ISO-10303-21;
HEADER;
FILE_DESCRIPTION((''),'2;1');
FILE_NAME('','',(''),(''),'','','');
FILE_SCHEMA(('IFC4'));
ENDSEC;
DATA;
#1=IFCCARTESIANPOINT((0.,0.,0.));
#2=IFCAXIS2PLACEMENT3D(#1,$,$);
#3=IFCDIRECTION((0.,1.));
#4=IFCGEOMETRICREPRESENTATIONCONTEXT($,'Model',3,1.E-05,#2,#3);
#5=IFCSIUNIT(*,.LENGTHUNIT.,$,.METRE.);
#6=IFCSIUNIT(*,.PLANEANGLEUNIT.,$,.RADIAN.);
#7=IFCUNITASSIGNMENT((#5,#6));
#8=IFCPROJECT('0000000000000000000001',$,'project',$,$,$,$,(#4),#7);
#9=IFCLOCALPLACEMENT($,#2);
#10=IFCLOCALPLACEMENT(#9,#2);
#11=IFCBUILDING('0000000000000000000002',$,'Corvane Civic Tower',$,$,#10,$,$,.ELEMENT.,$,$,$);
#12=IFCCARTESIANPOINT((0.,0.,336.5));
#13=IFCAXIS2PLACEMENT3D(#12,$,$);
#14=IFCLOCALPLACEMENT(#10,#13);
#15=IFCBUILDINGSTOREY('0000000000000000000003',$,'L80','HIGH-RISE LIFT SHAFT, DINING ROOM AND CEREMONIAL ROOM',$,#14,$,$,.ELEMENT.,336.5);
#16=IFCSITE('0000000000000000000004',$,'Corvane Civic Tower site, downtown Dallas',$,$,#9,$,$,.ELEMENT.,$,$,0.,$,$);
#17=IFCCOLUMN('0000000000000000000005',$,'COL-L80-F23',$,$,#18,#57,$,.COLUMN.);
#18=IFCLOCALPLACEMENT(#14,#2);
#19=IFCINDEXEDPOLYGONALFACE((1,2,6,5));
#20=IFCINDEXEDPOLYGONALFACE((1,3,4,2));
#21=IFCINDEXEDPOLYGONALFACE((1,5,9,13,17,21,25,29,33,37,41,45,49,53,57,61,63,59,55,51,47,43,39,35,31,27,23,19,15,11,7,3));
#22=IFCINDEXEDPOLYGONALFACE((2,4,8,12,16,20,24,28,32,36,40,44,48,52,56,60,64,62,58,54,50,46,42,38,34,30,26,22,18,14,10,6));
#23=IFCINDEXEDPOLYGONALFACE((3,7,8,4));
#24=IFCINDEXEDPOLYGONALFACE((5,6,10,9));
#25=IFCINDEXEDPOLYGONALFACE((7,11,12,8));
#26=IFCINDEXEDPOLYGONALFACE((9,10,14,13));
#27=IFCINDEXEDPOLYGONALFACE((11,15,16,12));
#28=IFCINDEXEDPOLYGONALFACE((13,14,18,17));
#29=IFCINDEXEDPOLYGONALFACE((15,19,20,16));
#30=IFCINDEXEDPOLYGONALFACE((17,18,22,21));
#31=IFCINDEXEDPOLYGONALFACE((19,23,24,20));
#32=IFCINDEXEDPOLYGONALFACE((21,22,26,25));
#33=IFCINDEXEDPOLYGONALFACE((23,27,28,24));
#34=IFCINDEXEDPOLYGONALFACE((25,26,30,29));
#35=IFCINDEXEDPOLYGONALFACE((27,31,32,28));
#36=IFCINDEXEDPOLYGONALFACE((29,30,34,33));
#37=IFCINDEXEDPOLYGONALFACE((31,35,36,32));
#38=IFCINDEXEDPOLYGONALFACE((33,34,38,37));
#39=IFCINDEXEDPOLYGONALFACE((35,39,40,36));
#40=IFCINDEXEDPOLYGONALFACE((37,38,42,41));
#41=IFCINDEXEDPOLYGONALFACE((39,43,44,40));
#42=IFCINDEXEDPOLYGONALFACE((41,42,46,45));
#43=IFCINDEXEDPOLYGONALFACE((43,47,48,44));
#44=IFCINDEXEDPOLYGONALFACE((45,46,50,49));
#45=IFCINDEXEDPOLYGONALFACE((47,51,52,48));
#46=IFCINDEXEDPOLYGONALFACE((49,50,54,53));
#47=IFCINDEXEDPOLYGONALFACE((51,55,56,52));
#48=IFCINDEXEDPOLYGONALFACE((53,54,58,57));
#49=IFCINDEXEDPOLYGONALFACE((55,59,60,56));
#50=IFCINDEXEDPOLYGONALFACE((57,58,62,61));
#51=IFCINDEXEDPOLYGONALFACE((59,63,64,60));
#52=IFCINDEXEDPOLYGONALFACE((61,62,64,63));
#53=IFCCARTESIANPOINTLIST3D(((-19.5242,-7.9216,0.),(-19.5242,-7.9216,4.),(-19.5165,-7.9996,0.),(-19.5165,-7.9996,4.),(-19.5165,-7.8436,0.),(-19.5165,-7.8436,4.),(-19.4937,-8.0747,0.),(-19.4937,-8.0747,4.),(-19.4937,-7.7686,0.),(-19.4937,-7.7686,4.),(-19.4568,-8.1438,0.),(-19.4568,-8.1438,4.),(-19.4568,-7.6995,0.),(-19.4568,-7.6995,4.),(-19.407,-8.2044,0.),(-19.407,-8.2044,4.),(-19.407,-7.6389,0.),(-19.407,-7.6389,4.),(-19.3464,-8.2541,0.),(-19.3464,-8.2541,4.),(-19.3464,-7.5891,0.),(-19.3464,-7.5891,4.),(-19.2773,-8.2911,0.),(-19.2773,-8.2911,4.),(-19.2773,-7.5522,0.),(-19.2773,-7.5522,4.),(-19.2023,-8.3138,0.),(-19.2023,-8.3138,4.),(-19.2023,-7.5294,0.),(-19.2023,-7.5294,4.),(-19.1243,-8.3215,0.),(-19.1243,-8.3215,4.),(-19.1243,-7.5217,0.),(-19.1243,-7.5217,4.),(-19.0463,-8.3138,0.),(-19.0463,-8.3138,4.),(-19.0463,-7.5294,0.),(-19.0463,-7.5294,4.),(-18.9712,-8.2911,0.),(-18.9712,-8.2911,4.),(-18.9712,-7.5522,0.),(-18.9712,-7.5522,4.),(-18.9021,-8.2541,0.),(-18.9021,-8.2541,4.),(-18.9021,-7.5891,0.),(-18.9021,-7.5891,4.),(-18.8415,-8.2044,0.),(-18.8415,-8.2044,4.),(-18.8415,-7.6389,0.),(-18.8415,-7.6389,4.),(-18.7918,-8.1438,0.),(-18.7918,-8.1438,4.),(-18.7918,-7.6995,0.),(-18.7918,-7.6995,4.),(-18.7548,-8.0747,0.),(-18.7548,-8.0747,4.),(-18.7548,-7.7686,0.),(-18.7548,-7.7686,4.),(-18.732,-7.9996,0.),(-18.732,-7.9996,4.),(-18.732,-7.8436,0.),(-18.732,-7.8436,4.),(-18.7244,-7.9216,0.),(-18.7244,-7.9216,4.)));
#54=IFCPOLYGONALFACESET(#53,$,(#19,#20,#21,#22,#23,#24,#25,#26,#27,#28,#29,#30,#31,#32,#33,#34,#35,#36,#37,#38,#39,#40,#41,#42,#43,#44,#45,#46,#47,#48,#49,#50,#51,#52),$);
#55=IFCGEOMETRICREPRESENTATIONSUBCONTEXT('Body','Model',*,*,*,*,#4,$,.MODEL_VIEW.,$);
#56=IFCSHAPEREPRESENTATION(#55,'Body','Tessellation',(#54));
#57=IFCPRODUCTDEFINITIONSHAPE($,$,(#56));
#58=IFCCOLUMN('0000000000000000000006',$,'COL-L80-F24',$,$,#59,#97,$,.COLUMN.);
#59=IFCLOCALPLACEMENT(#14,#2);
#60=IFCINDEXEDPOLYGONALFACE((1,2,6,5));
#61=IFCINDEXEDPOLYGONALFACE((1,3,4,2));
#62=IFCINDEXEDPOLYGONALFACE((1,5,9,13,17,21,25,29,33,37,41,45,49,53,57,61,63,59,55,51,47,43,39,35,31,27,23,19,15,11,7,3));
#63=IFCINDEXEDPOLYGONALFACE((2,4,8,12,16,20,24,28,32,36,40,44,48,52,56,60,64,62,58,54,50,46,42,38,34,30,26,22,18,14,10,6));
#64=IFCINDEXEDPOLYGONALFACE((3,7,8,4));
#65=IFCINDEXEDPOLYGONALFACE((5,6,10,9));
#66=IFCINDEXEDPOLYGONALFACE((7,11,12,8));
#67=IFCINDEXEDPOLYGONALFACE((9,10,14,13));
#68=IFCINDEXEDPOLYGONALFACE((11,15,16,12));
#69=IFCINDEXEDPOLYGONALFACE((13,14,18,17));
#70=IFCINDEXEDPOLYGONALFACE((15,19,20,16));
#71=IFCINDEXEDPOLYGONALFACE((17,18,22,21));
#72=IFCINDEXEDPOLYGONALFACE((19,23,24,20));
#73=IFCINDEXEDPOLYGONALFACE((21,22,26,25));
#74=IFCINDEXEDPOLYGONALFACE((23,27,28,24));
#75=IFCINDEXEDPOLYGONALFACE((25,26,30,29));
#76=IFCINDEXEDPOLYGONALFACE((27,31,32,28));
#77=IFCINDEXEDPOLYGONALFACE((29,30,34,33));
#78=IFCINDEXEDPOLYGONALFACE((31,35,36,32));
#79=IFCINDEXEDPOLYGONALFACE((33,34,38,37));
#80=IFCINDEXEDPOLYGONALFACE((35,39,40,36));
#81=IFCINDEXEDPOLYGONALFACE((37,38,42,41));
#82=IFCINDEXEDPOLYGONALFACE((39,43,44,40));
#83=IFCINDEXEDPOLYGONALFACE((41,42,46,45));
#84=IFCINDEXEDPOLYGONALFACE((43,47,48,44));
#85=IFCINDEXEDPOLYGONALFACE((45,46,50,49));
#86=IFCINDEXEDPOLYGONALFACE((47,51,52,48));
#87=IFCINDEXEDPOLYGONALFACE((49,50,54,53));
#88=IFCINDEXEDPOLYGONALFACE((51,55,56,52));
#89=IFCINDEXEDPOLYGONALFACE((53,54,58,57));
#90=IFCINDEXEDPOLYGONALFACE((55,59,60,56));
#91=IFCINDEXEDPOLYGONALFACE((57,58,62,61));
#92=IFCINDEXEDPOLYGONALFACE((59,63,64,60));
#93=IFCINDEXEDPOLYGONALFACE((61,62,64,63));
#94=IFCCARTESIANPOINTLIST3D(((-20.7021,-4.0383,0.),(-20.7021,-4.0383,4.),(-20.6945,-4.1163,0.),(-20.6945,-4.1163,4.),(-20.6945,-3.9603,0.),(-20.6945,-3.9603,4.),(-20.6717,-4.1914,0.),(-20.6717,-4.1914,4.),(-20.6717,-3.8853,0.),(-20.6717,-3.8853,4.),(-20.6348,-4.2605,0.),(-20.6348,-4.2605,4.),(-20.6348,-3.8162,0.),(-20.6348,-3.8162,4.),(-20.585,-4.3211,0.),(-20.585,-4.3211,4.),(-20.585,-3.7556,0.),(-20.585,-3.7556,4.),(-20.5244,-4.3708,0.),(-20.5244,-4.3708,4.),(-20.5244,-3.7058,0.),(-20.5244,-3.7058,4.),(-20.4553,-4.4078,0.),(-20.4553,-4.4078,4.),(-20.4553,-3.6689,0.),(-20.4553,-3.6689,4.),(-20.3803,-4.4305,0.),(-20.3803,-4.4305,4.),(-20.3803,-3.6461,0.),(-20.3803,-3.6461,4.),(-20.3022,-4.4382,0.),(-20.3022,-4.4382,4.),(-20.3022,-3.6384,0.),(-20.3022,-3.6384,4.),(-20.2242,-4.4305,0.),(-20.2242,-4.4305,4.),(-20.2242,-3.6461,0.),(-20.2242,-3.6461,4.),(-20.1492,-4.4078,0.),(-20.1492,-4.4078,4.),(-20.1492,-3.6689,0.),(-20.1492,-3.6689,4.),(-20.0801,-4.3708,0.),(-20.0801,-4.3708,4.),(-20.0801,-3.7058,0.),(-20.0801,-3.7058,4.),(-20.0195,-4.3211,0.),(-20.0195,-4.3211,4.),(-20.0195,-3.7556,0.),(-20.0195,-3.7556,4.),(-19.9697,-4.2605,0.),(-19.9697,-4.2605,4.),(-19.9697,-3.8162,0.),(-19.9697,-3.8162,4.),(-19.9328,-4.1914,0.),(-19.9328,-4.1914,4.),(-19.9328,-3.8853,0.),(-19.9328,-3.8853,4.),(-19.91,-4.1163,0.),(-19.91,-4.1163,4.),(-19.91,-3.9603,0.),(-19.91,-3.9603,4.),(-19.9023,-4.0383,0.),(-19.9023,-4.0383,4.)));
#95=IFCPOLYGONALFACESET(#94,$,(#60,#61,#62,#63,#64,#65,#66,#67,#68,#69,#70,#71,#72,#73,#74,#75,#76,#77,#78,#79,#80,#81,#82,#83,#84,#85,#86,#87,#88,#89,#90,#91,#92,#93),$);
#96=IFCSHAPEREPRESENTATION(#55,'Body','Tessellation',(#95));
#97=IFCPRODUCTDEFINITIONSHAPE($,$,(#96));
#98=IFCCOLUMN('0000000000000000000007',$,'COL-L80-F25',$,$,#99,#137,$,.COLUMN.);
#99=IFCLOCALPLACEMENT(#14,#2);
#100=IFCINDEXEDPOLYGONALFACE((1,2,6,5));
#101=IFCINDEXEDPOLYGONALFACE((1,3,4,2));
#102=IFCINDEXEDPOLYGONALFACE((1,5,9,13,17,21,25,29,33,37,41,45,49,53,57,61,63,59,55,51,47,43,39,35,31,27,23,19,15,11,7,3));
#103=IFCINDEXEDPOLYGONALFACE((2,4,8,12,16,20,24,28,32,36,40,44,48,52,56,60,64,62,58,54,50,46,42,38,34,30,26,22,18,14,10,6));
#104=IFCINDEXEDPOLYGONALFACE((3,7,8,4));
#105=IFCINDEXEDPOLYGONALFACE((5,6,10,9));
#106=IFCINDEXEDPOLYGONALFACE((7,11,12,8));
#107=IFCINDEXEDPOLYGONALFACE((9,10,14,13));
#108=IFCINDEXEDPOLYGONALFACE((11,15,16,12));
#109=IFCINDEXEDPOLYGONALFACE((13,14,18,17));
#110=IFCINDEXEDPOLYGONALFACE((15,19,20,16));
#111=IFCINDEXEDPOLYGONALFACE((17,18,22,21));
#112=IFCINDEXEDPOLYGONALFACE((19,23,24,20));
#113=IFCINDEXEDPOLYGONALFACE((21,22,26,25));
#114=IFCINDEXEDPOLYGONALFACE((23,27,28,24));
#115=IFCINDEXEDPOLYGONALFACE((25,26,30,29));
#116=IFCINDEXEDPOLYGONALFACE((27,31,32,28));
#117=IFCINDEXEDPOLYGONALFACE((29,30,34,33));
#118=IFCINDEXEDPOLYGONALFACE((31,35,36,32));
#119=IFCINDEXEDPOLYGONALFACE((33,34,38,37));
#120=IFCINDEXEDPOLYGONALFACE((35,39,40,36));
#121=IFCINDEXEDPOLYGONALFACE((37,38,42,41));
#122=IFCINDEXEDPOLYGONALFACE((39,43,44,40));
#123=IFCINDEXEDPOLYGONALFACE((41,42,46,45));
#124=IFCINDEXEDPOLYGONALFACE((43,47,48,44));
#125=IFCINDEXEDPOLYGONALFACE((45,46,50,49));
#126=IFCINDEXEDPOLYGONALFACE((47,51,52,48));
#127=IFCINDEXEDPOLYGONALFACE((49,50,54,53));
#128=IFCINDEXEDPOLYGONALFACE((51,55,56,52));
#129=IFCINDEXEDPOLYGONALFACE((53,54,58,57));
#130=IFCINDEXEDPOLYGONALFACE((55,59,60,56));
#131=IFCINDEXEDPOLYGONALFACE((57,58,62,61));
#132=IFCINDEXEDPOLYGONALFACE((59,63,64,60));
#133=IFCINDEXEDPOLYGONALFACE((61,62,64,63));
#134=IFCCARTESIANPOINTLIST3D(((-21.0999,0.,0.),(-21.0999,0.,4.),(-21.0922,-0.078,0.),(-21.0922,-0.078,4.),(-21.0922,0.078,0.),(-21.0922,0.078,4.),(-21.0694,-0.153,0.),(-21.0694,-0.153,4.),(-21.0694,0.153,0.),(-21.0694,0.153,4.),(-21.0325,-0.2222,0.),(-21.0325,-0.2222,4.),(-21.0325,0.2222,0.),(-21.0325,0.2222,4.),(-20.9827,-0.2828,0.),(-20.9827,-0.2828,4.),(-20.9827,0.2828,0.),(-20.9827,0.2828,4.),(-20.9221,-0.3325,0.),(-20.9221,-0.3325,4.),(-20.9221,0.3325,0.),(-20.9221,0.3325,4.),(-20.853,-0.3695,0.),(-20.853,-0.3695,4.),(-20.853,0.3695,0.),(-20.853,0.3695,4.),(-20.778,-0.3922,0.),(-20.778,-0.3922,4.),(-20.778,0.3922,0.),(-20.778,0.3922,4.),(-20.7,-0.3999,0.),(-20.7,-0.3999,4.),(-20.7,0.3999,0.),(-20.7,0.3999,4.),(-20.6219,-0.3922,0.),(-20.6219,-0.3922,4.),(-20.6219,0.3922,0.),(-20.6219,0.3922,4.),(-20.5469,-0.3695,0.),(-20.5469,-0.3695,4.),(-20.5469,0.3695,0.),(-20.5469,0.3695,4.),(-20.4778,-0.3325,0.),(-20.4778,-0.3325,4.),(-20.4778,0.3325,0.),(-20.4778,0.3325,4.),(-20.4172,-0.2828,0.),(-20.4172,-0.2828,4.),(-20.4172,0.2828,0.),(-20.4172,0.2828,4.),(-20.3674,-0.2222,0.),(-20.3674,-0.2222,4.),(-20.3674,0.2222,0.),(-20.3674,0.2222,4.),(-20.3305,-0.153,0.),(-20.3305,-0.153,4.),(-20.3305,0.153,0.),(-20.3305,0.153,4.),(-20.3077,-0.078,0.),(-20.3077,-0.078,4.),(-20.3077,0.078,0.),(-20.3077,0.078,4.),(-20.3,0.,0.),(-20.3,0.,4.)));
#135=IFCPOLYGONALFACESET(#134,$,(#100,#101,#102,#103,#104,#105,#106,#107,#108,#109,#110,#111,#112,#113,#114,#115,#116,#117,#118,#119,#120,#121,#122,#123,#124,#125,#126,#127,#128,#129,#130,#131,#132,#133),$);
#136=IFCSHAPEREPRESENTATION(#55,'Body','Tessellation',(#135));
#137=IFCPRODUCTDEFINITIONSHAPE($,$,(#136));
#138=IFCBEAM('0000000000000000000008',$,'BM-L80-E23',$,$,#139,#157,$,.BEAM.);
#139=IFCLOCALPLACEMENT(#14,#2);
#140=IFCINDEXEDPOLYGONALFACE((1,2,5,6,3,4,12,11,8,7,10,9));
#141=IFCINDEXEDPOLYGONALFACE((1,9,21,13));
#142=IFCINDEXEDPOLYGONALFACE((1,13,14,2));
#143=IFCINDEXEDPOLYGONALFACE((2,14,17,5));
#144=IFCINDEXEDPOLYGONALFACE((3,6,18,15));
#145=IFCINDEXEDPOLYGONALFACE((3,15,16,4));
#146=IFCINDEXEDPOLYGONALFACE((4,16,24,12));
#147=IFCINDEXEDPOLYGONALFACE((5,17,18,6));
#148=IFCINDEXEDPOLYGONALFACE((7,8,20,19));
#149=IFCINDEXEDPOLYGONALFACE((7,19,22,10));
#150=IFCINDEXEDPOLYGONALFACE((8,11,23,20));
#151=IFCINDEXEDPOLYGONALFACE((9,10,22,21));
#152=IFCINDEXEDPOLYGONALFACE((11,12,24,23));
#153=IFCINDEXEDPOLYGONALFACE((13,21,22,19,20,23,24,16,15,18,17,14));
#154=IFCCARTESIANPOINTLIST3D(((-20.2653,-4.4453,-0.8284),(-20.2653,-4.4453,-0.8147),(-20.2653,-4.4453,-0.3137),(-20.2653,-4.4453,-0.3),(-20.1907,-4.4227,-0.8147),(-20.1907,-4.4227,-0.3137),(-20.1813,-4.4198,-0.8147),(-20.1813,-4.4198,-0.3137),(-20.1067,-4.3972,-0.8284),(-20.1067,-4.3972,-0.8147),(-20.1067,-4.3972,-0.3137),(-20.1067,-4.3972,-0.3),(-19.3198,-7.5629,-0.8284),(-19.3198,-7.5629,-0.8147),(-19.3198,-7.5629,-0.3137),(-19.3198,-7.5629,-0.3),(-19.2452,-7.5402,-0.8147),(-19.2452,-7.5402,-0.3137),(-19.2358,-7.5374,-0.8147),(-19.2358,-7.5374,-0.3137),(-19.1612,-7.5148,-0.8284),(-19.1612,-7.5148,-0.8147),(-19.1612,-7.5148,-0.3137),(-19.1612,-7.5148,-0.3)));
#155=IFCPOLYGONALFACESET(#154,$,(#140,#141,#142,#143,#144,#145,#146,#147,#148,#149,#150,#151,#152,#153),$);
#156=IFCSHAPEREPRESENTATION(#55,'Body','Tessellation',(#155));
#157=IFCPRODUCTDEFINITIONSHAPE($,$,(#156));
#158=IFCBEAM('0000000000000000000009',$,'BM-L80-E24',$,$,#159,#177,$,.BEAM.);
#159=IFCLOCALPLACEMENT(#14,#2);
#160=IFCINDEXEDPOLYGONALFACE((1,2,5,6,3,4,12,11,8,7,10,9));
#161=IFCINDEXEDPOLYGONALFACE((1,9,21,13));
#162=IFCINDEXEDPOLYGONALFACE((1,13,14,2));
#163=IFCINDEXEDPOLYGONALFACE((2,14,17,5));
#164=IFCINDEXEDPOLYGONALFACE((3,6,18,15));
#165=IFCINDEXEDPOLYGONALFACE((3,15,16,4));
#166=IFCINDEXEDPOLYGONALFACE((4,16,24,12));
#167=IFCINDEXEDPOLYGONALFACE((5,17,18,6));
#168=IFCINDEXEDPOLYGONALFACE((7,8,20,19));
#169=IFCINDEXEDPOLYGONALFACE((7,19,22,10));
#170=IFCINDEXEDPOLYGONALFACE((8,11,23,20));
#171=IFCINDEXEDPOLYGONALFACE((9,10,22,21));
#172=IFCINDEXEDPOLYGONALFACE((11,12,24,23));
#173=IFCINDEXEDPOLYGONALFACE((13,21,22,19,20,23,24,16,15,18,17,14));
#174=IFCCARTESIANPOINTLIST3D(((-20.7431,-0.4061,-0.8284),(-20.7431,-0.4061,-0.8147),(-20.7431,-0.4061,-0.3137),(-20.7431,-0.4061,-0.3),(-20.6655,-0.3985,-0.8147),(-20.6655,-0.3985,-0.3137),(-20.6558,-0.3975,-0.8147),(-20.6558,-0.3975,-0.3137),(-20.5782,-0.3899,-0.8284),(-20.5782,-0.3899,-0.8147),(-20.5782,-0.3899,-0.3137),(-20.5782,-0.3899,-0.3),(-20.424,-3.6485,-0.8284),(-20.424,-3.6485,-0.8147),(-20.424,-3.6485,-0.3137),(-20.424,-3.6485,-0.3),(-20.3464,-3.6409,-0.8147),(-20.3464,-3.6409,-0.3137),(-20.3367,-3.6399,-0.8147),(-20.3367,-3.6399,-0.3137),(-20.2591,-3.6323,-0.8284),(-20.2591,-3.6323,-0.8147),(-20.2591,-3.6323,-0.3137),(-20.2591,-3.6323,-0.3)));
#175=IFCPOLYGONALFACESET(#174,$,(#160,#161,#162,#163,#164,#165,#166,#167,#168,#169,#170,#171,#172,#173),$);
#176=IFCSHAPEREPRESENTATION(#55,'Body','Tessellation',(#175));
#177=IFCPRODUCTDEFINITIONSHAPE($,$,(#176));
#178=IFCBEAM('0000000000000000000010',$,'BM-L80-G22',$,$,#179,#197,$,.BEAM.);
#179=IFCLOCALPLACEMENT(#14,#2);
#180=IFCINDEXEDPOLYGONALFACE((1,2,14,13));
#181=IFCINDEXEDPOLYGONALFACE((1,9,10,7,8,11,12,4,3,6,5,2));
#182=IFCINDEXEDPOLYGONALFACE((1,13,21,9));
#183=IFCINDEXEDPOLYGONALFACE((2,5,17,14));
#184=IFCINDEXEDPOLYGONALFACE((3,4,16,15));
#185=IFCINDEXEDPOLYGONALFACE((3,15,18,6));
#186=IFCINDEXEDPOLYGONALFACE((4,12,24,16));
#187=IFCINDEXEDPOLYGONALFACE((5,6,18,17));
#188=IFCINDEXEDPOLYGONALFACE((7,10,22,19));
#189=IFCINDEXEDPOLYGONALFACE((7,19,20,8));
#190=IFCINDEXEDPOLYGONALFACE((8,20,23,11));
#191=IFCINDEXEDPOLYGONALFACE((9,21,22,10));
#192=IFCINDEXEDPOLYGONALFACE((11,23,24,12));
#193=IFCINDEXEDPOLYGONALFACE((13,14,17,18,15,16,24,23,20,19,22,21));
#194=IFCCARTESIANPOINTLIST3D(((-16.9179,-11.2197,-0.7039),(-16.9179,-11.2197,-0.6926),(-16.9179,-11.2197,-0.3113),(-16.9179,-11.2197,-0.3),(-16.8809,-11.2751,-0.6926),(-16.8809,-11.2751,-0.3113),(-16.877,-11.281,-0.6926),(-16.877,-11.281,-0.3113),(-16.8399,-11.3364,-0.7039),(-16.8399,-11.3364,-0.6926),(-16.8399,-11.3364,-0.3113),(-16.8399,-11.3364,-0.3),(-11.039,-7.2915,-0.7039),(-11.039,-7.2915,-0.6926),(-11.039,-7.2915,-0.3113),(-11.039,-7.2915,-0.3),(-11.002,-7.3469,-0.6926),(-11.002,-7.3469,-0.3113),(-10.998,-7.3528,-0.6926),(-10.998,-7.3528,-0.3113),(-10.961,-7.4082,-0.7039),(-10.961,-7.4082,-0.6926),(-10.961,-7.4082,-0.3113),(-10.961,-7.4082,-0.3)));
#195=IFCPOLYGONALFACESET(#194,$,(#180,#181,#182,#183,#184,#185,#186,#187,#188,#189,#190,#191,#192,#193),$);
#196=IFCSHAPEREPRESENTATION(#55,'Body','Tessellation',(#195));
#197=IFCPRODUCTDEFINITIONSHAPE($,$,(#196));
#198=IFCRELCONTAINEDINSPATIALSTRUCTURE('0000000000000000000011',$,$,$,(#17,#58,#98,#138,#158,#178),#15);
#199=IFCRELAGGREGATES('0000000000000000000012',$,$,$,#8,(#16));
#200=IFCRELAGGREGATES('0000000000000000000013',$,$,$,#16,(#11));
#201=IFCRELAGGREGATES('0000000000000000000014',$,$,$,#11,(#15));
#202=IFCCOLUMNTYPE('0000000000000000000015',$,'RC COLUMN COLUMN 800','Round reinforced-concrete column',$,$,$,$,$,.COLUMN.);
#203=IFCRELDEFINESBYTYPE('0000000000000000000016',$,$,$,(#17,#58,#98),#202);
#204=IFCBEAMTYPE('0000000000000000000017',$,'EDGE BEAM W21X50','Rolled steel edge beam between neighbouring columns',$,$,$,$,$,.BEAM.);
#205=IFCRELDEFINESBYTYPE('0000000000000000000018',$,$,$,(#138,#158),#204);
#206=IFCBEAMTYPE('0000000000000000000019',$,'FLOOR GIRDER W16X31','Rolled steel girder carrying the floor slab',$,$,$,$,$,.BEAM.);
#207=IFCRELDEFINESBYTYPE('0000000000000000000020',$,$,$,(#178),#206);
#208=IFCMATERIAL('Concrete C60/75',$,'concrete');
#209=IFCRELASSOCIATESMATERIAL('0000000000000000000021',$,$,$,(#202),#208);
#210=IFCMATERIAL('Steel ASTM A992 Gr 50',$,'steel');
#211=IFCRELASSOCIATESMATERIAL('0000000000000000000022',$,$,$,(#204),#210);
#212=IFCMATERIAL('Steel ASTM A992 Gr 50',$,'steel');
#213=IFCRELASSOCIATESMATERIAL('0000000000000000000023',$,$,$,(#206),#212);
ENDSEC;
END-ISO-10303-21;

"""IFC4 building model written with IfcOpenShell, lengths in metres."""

from ifc_helpers import new_model, si_unit, direction, frame, origin, origin_2d, place, context, subcontext, project, spatial, circle, i_section, extrude, material, material_profile, profile_set, type_object, element, save


model = new_model("IFC4")

# Units and contexts
model_context = context("Model", 3, precision=1e-05, world=origin(), true_north=direction((0.0, 1.0)))
body_context = subcontext(model_context, "Body", "Model", "MODEL_VIEW")
ifc_project = project(units=[si_unit("LENGTHUNIT", "METRE"), si_unit("PLANEANGLEUNIT", "RADIAN")], contexts=[model_context])

# Site, building, storey
site_placement = place(None, origin())
site = spatial("IfcSite", under=ifc_project, at=site_placement, Name="Corvane Civic Tower site, downtown Dallas", CompositionType="ELEMENT", RefElevation=0.0)
building_placement = place(site_placement, origin())
building = spatial("IfcBuilding", under=site, at=building_placement, Name="Corvane Civic Tower", CompositionType="ELEMENT")
storey_placement = place(building_placement, frame((0.0, 0.0, 336.5)))
storey = spatial("IfcBuildingStorey", under=building, at=storey_placement, Name="L80", Description="HIGH-RISE LIFT SHAFT, DINING ROOM AND CEREMONIAL ROOM", CompositionType="ELEMENT", Elevation=336.5)

# Columns
ifc_material_1 = material(Name="Concrete C60/75", Category="concrete")
ifc_material_profile_1 = material_profile(ifc_material_1, circle(Radius=0.3999, at=origin_2d()), Name="COLUMN 800")
ifc_profile_set_1 = profile_set([ifc_material_profile_1], Name="Concrete C60/75")
column_type = type_object("IfcColumnType", Name="RC COLUMN COLUMN 800", Description="Round reinforced-concrete column", PredefinedType="COLUMN", material=ifc_profile_set_1)
for number, where, z_axis, x_axis, name in (
    (1, (-19.1243, -7.9216, 0.0), (0.0, 0.0, 1.0), (1.0, 0.0, 0.0), "COL-L80-F23"),
    (2, (-20.3022, -4.0383, 0.0), (0.0, 0.0, 1.0), (1.0, 0.0, 0.0), "COL-L80-F24"),
    (3, (-20.7, 0.0, 0.0), (0.0, 0.0, 1.0), (1.0, 0.0, 0.0), "COL-L80-F25"),
):
    element("IfcColumn", number, at=place(storey_placement, frame(where, z_axis=z_axis, x_axis=x_axis)), inside=storey, type_object=column_type, Name=name, PredefinedType="COLUMN", context=body_context, shape_type="SweptSolid", body=[
        extrude(circle(Radius=0.3999, at=origin_2d()), origin(), (0.0, 0.0, 1.0), 4.0),
    ])

# Beams
ifc_material_2 = material(Name="Steel ASTM A992 Gr 50", Category="steel")
ifc_material_profile_2 = material_profile(ifc_material_2, i_section(OverallWidth=0.1658, OverallDepth=0.5283, WebThickness=0.0098, FlangeThickness=0.0137, at=origin_2d()), Name="W21X50")
ifc_profile_set_2 = profile_set([ifc_material_profile_2], Name="Steel ASTM A992 Gr 50")
beam_type_1 = type_object("IfcBeamType", Name="EDGE BEAM W21X50", Description="Rolled steel edge beam between neighbouring columns", PredefinedType="BEAM", material=ifc_profile_set_2)
beam_1_placement = place(storey_placement, frame((-19.2405, -7.5388, -0.5642), z_axis=(-0.290234, 0.956956, 0.0), x_axis=(-0.956956, -0.290234, 0.0)))
element("IfcBeam", 4, at=beam_1_placement, inside=storey, type_object=beam_type_1, Name="BM-L80-E23", PredefinedType="BEAM", context=body_context, shape_type="SweptSolid", body=[
    extrude(i_section(OverallWidth=0.1658, OverallDepth=0.5283, WebThickness=0.0098, FlangeThickness=0.0137, at=origin_2d()), origin(), (0.0, 0.0, 1.0), 3.2578),
])
beam_2_placement = place(storey_placement, frame((-20.3416, -3.6404, -0.5642), z_axis=(-0.097938, 0.995193, 0.0), x_axis=(-0.995193, -0.097938, 0.0)))
element("IfcBeam", 5, at=beam_2_placement, inside=storey, type_object=beam_type_1, Name="BM-L80-E24", PredefinedType="BEAM", context=body_context, shape_type="SweptSolid", body=[
    extrude(i_section(OverallWidth=0.1658, OverallDepth=0.5283, WebThickness=0.0098, FlangeThickness=0.0137, at=origin_2d()), origin(), (0.0, 0.0, 1.0), 3.2581),
])
ifc_material_3 = material(Name="Steel ASTM A992 Gr 50", Category="steel")
ifc_material_profile_3 = material_profile(ifc_material_3, i_section(OverallWidth=0.1404, OverallDepth=0.4038, WebThickness=0.0071, FlangeThickness=0.0112, at=origin_2d()), Name="W16X31")
ifc_profile_set_3 = profile_set([ifc_material_profile_3], Name="Steel ASTM A992 Gr 50")
beam_type_2 = type_object("IfcBeamType", Name="FLOOR GIRDER W16X31", Description="Rolled steel girder carrying the floor slab", PredefinedType="BEAM", material=ifc_profile_set_3)
beam_3_placement = place(storey_placement, frame((-11.0, -7.3499, -0.502), z_axis=(-0.831465, -0.555576, 0.0), x_axis=(0.555576, -0.831465, 0.0)))
element("IfcBeam", 6, at=beam_3_placement, inside=storey, type_object=beam_type_2, Name="BM-L80-G22", PredefinedType="BEAM", context=body_context, shape_type="SweptSolid", body=[
    extrude(i_section(OverallWidth=0.1404, OverallDepth=0.4038, WebThickness=0.0071, FlangeThickness=0.0112, at=origin_2d()), origin(), (0.0, 0.0, 1.0), 7.0706),
])

save(model, "model.ifc")
